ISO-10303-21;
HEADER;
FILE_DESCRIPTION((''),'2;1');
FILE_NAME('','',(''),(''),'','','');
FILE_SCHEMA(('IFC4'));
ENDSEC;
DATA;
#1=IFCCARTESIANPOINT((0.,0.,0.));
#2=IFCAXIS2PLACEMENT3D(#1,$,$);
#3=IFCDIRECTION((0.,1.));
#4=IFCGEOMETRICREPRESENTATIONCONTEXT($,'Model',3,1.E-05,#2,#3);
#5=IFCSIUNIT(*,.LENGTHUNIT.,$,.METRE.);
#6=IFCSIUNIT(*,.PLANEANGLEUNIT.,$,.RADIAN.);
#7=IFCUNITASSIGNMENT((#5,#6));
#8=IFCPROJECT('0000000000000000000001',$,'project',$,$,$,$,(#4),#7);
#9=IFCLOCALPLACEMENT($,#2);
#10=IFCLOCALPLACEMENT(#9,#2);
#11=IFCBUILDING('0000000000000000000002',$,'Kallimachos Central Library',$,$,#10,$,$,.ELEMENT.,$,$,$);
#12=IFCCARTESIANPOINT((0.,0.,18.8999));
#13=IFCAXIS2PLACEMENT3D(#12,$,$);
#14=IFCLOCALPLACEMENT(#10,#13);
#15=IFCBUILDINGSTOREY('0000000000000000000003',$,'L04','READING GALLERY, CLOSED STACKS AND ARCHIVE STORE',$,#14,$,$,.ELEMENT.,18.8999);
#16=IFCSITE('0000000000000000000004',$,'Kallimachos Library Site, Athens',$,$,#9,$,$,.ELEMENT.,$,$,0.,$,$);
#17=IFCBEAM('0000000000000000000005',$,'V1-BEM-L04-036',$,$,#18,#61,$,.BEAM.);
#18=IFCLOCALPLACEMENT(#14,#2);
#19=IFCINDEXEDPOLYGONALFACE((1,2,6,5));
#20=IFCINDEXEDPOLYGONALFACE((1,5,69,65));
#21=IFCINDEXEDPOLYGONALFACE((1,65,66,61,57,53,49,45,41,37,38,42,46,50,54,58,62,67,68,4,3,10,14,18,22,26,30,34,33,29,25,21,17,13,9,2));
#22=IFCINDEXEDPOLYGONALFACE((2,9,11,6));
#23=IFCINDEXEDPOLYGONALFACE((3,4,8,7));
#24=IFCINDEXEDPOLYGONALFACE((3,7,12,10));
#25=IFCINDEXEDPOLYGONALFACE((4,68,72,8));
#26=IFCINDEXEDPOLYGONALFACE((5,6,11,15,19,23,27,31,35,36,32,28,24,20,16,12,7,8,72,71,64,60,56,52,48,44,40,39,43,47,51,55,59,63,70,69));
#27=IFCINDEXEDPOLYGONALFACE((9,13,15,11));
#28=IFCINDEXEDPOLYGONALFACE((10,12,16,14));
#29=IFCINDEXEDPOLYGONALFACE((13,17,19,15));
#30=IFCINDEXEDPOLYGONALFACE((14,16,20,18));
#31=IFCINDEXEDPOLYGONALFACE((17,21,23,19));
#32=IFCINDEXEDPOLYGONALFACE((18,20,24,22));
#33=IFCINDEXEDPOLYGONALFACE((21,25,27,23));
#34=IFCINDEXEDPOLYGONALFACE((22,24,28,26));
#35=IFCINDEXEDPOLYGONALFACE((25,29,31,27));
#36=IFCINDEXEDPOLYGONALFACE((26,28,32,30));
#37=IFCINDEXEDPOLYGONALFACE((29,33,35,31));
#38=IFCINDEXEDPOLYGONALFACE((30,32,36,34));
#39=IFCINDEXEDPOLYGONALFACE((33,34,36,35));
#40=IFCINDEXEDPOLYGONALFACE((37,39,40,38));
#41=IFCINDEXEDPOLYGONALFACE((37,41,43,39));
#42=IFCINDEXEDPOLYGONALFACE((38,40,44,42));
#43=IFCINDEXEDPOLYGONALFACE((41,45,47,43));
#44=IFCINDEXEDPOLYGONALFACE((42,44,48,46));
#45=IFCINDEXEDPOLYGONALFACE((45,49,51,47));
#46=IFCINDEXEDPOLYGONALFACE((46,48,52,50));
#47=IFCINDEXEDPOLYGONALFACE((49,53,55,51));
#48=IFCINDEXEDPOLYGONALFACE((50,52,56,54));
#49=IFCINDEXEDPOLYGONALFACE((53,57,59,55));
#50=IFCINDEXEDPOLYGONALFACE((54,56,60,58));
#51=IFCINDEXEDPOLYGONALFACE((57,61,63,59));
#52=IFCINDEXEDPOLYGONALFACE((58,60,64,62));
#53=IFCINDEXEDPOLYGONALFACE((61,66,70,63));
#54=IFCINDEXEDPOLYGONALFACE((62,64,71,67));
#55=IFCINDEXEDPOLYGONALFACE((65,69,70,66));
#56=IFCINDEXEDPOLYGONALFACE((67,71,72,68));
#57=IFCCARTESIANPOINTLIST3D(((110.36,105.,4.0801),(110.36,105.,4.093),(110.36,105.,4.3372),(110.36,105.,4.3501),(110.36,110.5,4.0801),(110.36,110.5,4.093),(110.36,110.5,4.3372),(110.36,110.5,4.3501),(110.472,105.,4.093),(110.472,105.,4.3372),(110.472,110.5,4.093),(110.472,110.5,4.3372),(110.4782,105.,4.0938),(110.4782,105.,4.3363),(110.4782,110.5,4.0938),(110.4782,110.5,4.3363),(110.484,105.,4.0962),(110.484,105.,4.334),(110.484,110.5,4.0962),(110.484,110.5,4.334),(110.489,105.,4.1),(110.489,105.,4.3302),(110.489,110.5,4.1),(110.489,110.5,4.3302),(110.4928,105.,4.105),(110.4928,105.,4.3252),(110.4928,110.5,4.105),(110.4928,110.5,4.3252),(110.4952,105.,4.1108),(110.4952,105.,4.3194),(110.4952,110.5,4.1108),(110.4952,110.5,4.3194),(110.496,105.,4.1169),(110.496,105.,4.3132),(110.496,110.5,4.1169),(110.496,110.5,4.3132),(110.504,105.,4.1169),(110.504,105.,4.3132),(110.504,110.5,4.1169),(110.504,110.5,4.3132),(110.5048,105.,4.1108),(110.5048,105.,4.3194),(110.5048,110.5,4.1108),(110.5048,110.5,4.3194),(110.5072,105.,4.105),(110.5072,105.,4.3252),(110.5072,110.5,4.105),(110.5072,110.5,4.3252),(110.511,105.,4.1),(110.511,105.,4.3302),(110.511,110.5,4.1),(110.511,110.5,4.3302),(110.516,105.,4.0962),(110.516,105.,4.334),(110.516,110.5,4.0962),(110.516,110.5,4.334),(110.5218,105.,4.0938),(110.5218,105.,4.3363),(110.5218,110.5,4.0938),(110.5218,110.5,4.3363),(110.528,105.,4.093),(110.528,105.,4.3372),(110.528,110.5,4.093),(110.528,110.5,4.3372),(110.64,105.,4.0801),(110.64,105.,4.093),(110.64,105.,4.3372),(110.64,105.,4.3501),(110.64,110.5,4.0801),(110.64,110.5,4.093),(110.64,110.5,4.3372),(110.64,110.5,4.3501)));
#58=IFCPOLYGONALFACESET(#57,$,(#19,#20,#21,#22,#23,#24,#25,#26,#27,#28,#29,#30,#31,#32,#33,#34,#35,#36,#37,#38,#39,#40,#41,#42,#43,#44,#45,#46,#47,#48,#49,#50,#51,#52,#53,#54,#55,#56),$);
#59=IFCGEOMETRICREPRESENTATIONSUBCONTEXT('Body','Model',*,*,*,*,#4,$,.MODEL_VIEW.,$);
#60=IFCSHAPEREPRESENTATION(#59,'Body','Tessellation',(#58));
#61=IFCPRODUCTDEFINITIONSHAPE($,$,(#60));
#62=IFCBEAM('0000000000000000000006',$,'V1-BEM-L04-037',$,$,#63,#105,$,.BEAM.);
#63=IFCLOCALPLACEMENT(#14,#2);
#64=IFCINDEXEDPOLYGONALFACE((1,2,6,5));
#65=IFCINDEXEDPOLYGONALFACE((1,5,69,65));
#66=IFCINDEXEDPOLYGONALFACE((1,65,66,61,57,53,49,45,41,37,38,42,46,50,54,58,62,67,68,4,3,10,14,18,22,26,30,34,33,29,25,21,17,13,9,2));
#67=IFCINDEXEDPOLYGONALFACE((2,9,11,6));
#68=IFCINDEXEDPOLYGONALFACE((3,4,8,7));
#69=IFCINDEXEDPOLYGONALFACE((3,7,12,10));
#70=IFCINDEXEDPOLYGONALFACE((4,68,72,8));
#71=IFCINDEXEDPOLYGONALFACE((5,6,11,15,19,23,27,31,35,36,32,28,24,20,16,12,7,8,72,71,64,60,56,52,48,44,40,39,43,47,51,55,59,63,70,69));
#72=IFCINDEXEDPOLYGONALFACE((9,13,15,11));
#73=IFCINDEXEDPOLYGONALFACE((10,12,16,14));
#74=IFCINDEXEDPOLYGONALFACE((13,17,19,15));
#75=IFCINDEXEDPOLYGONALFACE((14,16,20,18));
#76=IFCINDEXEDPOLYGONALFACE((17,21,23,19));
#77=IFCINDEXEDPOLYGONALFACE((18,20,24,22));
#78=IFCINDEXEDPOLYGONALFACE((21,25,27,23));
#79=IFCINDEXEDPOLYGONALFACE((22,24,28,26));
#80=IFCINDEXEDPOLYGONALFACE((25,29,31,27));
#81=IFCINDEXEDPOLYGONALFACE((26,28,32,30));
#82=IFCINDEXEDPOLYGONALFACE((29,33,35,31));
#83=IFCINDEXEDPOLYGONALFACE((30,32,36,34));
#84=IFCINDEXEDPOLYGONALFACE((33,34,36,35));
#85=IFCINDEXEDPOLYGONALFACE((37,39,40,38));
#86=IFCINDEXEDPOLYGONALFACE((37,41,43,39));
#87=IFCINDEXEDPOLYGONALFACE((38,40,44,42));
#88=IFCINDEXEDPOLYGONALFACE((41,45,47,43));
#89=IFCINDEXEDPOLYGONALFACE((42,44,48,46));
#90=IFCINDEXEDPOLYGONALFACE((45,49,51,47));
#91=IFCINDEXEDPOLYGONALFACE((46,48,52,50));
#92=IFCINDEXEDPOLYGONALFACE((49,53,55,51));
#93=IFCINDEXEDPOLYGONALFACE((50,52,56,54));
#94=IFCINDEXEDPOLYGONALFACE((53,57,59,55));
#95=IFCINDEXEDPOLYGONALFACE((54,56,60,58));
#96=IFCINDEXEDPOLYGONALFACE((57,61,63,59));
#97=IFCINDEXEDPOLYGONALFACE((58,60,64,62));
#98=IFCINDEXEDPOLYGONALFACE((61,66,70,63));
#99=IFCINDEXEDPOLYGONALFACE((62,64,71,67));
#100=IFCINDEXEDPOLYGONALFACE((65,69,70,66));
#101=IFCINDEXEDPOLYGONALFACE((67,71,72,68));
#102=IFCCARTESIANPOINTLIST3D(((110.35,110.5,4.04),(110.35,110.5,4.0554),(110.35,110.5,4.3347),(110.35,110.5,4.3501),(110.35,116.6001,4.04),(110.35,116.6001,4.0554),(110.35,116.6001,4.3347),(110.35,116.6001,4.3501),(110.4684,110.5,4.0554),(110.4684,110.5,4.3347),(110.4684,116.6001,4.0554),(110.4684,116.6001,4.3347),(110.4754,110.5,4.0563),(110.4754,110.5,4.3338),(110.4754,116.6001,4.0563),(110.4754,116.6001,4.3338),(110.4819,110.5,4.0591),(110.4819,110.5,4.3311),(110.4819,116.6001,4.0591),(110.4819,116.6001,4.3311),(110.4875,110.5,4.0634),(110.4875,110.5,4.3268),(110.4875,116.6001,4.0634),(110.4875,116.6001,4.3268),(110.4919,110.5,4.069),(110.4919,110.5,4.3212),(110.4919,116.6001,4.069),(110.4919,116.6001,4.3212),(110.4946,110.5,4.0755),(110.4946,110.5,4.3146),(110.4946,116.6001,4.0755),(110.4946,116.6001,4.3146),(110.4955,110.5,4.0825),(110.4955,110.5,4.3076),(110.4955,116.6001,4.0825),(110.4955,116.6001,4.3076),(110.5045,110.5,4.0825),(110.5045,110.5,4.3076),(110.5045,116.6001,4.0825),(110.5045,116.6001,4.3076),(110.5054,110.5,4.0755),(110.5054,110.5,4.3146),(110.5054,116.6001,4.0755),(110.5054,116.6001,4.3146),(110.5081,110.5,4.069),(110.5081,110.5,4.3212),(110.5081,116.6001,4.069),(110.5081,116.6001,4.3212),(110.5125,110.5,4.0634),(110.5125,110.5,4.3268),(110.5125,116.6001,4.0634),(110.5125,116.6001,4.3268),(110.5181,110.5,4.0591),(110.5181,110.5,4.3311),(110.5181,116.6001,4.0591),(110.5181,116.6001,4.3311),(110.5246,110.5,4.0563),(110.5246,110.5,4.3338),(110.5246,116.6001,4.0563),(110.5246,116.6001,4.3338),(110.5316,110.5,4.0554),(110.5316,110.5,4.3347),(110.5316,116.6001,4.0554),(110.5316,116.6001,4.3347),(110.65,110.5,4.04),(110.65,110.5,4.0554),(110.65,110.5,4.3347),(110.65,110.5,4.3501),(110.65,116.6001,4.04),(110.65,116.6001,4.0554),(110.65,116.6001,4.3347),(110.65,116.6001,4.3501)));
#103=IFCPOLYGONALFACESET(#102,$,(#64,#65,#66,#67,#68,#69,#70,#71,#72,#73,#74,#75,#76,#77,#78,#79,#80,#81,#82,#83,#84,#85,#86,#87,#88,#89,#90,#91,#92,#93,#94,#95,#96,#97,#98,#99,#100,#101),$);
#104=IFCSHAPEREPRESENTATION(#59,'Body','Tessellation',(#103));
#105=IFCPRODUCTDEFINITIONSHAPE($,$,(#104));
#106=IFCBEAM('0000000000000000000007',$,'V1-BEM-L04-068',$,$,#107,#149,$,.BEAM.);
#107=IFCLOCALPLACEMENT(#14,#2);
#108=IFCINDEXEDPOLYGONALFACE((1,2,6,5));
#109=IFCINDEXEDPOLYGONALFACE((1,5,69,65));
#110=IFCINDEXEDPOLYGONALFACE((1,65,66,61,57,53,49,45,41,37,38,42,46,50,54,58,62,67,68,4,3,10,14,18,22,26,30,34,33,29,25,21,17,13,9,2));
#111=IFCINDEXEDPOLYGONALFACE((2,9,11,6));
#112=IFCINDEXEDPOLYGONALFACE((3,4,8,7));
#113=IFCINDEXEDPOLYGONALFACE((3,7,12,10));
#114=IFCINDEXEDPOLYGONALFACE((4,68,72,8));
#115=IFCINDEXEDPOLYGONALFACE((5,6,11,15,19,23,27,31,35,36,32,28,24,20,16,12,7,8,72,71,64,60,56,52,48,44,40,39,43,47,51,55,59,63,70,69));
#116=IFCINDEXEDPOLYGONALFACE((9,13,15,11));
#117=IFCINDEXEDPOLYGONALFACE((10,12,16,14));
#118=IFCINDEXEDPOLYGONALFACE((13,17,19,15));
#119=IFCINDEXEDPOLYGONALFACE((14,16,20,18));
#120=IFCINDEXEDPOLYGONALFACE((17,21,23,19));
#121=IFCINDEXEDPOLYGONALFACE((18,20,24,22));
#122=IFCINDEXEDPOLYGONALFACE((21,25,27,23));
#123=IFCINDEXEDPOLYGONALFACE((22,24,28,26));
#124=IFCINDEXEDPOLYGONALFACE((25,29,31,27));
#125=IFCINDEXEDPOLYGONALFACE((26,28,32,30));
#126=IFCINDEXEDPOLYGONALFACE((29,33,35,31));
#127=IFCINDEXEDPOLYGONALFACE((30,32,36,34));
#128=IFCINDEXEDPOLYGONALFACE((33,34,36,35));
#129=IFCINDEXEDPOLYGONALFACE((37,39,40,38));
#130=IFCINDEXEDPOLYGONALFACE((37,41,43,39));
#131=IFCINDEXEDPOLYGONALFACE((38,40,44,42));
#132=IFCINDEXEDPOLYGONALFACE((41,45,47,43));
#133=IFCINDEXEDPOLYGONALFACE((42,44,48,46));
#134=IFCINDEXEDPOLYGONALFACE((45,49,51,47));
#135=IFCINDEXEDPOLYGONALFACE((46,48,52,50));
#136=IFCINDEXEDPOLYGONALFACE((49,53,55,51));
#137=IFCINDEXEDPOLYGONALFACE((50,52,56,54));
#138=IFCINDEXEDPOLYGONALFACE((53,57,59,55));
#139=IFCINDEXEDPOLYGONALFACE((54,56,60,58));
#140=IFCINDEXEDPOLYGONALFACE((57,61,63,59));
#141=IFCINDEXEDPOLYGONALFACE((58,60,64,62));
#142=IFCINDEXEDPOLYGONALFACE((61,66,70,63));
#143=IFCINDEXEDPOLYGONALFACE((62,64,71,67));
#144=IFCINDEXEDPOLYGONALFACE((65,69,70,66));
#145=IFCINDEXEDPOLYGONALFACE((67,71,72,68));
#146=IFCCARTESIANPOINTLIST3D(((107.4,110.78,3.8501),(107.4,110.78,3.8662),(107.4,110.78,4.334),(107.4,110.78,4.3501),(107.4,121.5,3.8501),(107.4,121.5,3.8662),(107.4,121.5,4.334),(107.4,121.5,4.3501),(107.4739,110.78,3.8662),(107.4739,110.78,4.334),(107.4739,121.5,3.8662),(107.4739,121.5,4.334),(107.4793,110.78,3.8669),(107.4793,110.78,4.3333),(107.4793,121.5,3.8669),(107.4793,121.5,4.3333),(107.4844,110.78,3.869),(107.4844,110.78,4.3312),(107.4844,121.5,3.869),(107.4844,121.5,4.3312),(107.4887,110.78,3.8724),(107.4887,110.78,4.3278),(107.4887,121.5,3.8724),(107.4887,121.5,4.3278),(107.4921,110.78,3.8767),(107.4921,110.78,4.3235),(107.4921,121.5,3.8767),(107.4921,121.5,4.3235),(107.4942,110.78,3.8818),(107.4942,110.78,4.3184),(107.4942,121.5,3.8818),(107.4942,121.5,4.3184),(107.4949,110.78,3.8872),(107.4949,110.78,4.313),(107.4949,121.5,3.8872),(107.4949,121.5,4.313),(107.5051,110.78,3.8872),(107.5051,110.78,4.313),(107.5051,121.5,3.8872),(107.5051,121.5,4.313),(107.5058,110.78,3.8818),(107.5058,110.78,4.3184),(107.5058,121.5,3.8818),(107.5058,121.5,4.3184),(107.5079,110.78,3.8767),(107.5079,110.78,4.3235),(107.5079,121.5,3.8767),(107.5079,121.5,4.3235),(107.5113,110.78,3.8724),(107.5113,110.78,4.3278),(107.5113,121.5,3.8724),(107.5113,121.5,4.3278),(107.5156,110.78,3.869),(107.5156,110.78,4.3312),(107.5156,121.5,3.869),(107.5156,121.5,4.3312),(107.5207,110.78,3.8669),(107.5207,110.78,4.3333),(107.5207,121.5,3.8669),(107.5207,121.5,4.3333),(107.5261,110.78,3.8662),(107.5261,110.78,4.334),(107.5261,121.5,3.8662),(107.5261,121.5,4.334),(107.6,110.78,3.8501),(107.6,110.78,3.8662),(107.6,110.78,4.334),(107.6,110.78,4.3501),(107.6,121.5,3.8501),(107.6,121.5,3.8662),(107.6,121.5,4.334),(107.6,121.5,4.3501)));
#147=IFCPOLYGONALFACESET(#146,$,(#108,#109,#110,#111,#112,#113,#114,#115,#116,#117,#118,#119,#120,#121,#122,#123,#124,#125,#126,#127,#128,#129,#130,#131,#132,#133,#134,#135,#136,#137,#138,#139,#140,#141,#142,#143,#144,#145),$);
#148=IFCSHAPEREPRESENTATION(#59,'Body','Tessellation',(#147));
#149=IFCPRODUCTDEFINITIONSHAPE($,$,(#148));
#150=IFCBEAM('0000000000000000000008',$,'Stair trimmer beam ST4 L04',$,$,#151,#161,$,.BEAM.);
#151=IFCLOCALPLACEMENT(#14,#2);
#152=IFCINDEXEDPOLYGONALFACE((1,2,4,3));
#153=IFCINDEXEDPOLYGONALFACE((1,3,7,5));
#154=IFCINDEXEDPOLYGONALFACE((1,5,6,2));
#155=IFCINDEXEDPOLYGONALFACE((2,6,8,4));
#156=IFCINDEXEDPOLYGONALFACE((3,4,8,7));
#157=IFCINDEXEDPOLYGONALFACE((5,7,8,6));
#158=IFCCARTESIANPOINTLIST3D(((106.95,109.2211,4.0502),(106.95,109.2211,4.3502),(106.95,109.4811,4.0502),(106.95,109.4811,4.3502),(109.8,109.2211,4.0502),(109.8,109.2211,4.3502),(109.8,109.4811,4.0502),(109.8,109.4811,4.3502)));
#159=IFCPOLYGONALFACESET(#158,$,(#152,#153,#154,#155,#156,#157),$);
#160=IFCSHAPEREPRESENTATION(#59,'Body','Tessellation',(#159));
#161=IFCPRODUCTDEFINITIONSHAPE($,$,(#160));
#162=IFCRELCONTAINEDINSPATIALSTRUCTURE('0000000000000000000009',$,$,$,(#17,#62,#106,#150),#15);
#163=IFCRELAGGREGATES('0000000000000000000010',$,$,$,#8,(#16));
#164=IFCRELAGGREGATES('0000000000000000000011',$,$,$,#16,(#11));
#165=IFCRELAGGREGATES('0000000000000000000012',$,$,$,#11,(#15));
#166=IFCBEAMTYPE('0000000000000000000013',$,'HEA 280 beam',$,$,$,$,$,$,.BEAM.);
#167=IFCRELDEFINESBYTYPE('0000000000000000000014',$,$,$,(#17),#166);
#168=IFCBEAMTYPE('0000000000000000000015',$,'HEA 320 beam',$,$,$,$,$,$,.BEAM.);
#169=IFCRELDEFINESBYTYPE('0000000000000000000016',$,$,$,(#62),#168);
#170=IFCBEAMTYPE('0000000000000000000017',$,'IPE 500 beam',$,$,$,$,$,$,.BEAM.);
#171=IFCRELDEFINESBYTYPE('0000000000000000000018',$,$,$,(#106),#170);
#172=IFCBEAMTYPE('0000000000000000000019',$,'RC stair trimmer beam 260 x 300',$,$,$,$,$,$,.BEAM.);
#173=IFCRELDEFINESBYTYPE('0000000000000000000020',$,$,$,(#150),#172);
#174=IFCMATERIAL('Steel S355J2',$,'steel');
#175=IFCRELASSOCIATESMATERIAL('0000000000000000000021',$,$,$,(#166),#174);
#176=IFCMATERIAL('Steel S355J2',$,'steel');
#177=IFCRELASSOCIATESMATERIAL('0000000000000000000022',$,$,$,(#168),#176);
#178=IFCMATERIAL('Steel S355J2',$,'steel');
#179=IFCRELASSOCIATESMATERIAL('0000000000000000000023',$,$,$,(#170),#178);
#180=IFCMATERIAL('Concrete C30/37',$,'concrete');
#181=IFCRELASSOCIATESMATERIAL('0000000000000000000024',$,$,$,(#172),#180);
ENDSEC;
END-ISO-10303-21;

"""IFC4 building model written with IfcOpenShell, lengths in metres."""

from ifc_helpers import new_model, si_unit, direction, frame, origin, origin_2d, place, context, subcontext, project, spatial, rectangle, i_section, extrude, material, material_profile, profile_set, type_object, element, save


model = new_model("IFC4")

# Units and contexts
model_context = context("Model", 3, precision=1e-05, world=origin(), true_north=direction((0.0, 1.0)))
body_context = subcontext(model_context, "Body", "Model", "MODEL_VIEW")
ifc_project = project(units=[si_unit("LENGTHUNIT", "METRE"), si_unit("PLANEANGLEUNIT", "RADIAN")], contexts=[model_context])

# Site, building, storey
site_placement = place(None, origin())
site = spatial("IfcSite", under=ifc_project, at=site_placement, Name="Kallimachos Library Site, Athens", CompositionType="ELEMENT", RefElevation=0.0)
building_placement = place(site_placement, origin())
building = spatial("IfcBuilding", under=site, at=building_placement, Name="Kallimachos Central Library", CompositionType="ELEMENT")
storey_placement = place(building_placement, frame((0.0, 0.0, 18.8999)))
storey = spatial("IfcBuildingStorey", under=building, at=storey_placement, Name="L04", Description="READING GALLERY, CLOSED STACKS AND ARCHIVE STORE", CompositionType="ELEMENT", Elevation=18.8999)

# Beams
ifc_material_1 = material(Name="Steel S355J2", Category="steel")
ifc_material_profile_1 = material_profile(ifc_material_1, i_section(OverallWidth=0.28, OverallDepth=0.27, WebThickness=0.0081, FlangeThickness=0.0129, FilletRadius=0.0239, at=origin_2d()), Name="HEA 280")
ifc_profile_set_1 = profile_set([ifc_material_profile_1], Name="Steel S355J2")
beam_type_1 = type_object("IfcBeamType", Name="HEA 280 beam", PredefinedType="BEAM", material=ifc_profile_set_1)
beam_1_placement = place(storey_placement, frame((110.5, 105.0, 4.2151), z_axis=(0.0, 1.0, 0.0), x_axis=(-1.0, 0.0, 0.0)))
element("IfcBeam", 1, at=beam_1_placement, inside=storey, type_object=beam_type_1, Name="V1-BEM-L04-036", PredefinedType="BEAM", context=body_context, shape_type="SweptSolid", body=[
    extrude(i_section(OverallWidth=0.28, OverallDepth=0.27, WebThickness=0.0081, FlangeThickness=0.0129, FilletRadius=0.0239, at=origin_2d()), origin(), (0.0, 0.0, 1.0), 5.5),
])
ifc_material_2 = material(Name="Steel S355J2", Category="steel")
ifc_material_profile_2 = material_profile(ifc_material_2, i_section(OverallWidth=0.3, OverallDepth=0.3101, WebThickness=0.009, FlangeThickness=0.0154, FilletRadius=0.0271, at=origin_2d()), Name="HEA 320")
ifc_profile_set_2 = profile_set([ifc_material_profile_2], Name="Steel S355J2")
beam_type_2 = type_object("IfcBeamType", Name="HEA 320 beam", PredefinedType="BEAM", material=ifc_profile_set_2)
beam_2_placement = place(storey_placement, frame((110.5, 110.5, 4.1951), z_axis=(0.0, 1.0, 0.0), x_axis=(-1.0, 0.0, 0.0)))
element("IfcBeam", 2, at=beam_2_placement, inside=storey, type_object=beam_type_2, Name="V1-BEM-L04-037", PredefinedType="BEAM", context=body_context, shape_type="SweptSolid", body=[
    extrude(i_section(OverallWidth=0.3, OverallDepth=0.3101, WebThickness=0.009, FlangeThickness=0.0154, FilletRadius=0.0271, at=origin_2d()), origin(), (0.0, 0.0, 1.0), 6.1001),
])
ifc_material_3 = material(Name="Steel S355J2", Category="steel")
ifc_material_profile_3 = material_profile(ifc_material_3, i_section(OverallWidth=0.2, OverallDepth=0.5, WebThickness=0.0103, FlangeThickness=0.0161, FilletRadius=0.021, at=origin_2d()), Name="IPE 500")
ifc_profile_set_3 = profile_set([ifc_material_profile_3], Name="Steel S355J2")
beam_type_3 = type_object("IfcBeamType", Name="IPE 500 beam", PredefinedType="BEAM", material=ifc_profile_set_3)
beam_3_placement = place(storey_placement, frame((107.5, 110.78, 4.1001), z_axis=(0.0, 1.0, 0.0), x_axis=(-1.0, 0.0, 0.0)))
element("IfcBeam", 3, at=beam_3_placement, inside=storey, type_object=beam_type_3, Name="V1-BEM-L04-068", PredefinedType="BEAM", context=body_context, shape_type="SweptSolid", body=[
    extrude(i_section(OverallWidth=0.2, OverallDepth=0.5, WebThickness=0.0103, FlangeThickness=0.0161, FilletRadius=0.021, at=origin_2d()), origin(), (0.0, 0.0, 1.0), 10.72),
])
ifc_material_4 = material(Name="Concrete C30/37", Category="concrete")
ifc_material_profile_4 = material_profile(ifc_material_4, rectangle(XDim=0.26, YDim=0.3, at=origin_2d()), Name="RC stair trimmer beam 260 x 300")
ifc_profile_set_4 = profile_set([ifc_material_profile_4], Name="Concrete C30/37")
beam_type_4 = type_object("IfcBeamType", Name="RC stair trimmer beam 260 x 300", PredefinedType="BEAM", material=ifc_profile_set_4)
beam_4_placement = place(storey_placement, frame((106.95, 109.3511, 4.2002), z_axis=(1.0, 0.0, 0.0), x_axis=(0.0, 1.0, 0.0)))
element("IfcBeam", 4, at=beam_4_placement, inside=storey, type_object=beam_type_4, Name="Stair trimmer beam ST4 L04", PredefinedType="BEAM", context=body_context, shape_type="SweptSolid", body=[
    extrude(rectangle(XDim=0.26, YDim=0.3, at=origin_2d()), origin(), (0.0, 0.0, 1.0), 2.8501),
])

save(model, "model.ifc")
